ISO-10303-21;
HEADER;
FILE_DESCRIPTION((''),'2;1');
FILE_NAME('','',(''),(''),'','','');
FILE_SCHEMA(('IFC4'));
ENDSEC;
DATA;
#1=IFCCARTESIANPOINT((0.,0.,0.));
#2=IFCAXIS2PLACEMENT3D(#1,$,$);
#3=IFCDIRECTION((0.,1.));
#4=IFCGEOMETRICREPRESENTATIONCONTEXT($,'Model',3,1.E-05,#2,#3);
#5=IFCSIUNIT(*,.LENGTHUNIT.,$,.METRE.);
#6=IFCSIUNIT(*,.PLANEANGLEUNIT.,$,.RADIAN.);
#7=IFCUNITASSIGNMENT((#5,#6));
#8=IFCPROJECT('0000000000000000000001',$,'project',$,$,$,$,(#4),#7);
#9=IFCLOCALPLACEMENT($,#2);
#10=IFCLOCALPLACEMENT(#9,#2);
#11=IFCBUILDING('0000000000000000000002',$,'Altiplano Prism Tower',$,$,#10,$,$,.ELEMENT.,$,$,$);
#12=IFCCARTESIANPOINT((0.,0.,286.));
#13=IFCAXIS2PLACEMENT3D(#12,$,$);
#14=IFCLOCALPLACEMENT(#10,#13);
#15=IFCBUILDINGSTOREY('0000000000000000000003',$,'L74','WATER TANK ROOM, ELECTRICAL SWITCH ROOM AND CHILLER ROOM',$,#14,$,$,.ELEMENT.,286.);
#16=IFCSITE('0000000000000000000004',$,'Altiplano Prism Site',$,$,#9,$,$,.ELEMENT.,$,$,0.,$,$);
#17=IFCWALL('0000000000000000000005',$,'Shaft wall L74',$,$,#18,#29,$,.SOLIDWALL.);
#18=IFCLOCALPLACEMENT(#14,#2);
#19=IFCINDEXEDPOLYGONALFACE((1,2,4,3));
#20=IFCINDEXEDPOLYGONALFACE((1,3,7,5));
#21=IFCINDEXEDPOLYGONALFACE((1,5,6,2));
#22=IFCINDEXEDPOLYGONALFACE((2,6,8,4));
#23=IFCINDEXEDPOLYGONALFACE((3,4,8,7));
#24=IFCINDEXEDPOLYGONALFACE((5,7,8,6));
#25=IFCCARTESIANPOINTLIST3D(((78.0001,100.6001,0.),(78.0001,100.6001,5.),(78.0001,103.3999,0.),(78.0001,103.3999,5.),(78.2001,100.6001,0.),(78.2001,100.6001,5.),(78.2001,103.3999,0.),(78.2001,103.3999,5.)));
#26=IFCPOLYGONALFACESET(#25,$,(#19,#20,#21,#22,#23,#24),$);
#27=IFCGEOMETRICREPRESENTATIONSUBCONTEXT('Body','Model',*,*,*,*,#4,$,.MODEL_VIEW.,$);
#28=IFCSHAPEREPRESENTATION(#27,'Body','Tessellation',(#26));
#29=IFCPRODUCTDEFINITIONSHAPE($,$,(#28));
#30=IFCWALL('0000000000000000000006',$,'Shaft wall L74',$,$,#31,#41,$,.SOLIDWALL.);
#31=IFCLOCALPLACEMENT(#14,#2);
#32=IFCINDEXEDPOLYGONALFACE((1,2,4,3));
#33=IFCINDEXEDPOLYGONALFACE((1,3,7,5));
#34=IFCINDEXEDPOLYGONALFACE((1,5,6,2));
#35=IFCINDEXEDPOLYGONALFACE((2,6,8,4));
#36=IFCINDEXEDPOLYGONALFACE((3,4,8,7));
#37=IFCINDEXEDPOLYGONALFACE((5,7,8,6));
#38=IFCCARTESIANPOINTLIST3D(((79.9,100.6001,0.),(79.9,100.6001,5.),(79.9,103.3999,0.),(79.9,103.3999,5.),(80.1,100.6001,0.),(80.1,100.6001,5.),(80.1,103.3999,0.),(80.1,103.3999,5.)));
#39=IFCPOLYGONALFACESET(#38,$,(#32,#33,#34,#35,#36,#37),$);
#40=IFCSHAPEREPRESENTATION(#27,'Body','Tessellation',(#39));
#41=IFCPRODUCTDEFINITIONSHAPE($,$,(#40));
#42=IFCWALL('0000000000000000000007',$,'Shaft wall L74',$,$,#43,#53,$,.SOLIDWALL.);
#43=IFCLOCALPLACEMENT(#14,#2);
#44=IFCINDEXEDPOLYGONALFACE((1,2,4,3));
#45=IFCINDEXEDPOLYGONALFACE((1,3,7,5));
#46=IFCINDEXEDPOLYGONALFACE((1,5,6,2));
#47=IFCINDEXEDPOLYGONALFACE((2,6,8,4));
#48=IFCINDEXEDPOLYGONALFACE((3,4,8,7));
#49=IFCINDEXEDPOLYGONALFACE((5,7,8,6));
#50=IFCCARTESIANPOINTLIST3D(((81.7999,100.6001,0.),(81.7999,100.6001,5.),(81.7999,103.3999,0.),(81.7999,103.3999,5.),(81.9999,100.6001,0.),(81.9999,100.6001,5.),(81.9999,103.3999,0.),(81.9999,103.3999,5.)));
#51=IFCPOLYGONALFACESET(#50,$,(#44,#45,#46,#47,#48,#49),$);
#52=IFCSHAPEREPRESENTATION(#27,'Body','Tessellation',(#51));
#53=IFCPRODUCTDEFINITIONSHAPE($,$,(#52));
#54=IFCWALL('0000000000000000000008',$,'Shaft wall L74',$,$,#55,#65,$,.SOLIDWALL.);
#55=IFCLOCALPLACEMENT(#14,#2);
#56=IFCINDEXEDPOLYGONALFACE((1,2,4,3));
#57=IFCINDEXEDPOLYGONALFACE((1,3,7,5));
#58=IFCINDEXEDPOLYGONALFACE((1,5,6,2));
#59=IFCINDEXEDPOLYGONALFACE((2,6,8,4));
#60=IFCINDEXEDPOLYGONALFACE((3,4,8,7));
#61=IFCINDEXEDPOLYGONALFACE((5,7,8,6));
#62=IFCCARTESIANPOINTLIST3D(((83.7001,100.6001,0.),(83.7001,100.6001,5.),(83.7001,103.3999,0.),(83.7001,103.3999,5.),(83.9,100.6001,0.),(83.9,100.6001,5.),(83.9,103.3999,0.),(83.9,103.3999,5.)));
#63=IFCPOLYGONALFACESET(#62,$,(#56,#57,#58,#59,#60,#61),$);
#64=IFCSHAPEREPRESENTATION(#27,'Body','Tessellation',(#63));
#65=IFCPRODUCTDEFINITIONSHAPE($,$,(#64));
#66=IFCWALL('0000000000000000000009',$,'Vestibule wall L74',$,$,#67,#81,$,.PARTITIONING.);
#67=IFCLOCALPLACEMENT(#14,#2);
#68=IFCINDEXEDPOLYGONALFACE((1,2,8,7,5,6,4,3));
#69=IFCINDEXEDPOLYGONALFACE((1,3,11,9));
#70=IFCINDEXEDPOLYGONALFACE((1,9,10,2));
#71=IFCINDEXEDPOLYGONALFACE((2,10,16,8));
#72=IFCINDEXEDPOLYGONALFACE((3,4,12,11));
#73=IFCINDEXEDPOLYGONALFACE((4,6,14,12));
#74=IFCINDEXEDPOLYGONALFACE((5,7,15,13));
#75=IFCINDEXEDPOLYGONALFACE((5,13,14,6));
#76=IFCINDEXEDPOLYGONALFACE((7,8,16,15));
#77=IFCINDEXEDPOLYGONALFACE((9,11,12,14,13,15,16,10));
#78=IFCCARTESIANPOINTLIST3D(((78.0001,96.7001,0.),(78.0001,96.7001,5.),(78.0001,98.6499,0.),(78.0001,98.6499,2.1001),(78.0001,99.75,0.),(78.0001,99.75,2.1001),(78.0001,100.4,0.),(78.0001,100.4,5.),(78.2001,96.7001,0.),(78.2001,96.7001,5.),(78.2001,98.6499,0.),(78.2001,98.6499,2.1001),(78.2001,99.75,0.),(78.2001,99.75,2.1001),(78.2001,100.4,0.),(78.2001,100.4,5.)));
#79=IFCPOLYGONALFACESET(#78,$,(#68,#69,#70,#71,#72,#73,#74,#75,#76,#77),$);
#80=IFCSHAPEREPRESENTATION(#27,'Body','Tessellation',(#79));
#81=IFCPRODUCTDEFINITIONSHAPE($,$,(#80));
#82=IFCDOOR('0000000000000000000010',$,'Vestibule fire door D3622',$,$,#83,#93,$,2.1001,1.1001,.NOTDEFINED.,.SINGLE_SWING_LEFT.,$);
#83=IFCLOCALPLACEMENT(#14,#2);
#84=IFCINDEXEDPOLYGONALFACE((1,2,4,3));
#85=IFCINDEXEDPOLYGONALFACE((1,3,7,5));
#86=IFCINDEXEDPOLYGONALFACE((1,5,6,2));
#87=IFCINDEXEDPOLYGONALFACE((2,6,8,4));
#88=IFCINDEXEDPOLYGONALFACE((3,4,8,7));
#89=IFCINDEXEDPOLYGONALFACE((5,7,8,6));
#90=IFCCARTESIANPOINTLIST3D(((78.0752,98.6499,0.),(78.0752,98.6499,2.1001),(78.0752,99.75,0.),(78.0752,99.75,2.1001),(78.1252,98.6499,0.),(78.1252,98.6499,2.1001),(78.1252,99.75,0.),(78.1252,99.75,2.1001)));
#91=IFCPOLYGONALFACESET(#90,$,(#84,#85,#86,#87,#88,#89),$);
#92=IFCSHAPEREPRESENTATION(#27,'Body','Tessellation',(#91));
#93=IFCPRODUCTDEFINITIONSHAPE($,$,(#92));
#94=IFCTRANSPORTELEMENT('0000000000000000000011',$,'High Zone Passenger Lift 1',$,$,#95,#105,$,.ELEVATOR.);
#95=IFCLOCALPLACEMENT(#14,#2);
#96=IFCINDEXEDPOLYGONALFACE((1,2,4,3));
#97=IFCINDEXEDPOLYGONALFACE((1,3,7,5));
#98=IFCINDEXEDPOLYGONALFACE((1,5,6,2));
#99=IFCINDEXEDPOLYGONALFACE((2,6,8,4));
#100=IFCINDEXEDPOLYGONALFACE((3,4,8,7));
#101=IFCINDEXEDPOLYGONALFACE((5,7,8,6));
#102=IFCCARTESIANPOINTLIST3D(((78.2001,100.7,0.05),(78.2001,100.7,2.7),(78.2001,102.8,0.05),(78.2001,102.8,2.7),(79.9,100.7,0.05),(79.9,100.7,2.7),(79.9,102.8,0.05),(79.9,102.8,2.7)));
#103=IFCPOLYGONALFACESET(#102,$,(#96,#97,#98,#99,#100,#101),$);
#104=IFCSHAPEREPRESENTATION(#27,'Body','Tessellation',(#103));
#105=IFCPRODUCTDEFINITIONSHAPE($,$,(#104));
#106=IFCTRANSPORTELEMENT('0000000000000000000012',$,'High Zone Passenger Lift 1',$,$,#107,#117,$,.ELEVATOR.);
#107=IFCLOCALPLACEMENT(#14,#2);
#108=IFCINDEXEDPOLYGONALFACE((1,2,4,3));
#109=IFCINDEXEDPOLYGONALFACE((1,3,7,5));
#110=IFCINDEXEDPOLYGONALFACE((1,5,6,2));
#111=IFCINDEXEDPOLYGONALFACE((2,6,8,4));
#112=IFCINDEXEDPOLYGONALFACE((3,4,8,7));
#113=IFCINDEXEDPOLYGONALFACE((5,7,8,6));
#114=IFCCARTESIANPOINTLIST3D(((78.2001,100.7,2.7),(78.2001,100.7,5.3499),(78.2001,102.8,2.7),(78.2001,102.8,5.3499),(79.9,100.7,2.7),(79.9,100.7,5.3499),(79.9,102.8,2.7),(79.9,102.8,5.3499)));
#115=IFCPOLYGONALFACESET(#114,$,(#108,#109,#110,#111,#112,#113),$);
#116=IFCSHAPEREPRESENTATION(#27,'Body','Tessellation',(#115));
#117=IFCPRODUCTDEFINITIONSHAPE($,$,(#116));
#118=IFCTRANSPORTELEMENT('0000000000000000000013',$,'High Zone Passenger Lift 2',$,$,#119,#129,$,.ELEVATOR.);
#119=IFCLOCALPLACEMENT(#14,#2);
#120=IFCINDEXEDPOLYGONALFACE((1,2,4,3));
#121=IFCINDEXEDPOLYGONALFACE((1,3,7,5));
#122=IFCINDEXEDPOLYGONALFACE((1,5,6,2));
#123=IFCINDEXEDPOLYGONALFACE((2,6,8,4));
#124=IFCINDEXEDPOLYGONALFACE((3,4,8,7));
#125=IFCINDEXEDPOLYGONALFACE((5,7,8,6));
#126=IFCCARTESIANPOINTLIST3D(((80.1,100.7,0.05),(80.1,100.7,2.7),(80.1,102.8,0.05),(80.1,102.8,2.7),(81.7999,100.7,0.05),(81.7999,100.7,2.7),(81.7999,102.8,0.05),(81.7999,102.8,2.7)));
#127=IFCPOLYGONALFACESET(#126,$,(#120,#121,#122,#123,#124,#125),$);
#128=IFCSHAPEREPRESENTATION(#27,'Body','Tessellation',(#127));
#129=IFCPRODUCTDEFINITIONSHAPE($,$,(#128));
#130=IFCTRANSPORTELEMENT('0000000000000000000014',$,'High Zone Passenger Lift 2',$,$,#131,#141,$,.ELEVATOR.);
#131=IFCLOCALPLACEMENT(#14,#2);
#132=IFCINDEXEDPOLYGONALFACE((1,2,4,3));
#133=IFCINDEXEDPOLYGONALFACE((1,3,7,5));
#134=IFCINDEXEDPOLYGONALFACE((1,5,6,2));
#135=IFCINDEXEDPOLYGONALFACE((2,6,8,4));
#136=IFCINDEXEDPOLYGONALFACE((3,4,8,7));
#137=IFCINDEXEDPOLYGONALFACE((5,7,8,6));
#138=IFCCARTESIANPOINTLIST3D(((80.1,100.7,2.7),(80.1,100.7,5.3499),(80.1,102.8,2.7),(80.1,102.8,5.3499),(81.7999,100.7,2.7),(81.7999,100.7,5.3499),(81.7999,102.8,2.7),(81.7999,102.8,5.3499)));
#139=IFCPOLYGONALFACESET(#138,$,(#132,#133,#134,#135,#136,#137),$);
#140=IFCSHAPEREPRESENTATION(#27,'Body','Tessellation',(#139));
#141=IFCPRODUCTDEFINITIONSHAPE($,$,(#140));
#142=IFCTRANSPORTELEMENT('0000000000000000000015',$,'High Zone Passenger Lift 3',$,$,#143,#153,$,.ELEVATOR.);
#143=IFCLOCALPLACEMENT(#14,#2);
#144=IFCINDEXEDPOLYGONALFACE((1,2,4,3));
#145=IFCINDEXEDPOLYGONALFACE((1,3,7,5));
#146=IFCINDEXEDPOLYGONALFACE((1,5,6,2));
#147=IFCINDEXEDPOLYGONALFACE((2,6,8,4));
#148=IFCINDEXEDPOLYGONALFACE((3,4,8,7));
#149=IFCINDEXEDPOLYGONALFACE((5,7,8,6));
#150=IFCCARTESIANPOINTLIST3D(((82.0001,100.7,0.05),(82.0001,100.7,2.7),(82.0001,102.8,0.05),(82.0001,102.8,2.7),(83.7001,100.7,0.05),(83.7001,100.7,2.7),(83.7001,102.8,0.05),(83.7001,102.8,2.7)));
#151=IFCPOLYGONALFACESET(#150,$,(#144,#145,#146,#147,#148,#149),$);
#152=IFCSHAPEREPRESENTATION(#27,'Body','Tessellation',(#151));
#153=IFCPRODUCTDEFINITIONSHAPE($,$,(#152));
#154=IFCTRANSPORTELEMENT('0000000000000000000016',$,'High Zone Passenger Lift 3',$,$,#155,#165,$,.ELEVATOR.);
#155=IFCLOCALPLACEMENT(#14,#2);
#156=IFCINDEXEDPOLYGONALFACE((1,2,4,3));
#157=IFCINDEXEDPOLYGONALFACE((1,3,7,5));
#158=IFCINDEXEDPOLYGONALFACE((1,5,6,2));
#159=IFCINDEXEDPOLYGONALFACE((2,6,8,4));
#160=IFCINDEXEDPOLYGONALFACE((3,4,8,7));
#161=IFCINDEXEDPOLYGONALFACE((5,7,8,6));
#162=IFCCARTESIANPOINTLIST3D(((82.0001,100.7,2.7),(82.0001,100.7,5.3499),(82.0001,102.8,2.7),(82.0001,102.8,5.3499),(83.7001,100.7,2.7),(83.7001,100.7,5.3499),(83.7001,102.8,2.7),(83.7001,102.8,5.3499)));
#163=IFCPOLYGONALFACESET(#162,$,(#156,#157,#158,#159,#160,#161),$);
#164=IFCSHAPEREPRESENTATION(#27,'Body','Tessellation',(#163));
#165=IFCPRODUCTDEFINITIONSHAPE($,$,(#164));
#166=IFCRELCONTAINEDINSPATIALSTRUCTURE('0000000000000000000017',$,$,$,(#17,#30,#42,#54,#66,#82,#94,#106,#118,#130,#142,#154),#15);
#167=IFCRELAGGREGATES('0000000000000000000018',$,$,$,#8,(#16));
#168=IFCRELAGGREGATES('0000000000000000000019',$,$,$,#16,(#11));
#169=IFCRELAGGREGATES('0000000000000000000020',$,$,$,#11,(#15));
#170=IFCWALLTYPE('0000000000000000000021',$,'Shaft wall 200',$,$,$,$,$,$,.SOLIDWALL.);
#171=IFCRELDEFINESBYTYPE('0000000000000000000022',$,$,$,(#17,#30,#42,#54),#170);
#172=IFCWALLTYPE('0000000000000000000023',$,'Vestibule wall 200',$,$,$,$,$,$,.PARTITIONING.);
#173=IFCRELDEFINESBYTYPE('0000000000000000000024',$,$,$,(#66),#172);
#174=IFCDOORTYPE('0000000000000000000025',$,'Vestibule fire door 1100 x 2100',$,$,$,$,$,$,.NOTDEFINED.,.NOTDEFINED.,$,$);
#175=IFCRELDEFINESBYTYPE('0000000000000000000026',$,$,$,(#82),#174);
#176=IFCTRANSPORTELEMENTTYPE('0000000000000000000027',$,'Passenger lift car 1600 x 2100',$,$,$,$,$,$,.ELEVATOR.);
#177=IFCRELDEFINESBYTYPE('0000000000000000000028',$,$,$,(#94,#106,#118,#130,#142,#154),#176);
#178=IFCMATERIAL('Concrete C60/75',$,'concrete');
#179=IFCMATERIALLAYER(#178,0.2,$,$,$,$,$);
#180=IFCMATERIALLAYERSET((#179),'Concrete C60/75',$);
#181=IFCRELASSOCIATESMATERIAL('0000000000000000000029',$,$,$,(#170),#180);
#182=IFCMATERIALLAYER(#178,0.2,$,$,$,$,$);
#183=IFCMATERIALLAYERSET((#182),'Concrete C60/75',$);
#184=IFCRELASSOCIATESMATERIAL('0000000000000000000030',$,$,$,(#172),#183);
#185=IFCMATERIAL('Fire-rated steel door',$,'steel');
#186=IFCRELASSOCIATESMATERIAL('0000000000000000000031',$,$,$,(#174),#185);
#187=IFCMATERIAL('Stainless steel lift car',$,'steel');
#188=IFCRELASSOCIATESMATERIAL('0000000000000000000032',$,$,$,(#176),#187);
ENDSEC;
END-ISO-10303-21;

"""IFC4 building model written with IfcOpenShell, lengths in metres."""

from ifc_helpers import new_model, si_unit, direction, frame, frame_2d, origin, origin_2d, place, context, subcontext, project, spatial, rectangle, extrude, material, layer, layer_set, type_object, element, fill, save


model = new_model("IFC4")

# Units and contexts
model_context = context("Model", 3, precision=1e-05, world=origin(), true_north=direction((0.0, 1.0)))
body_context = subcontext(model_context, "Body", "Model", "MODEL_VIEW")
ifc_project = project(units=[si_unit("LENGTHUNIT", "METRE"), si_unit("PLANEANGLEUNIT", "RADIAN")], contexts=[model_context])

# Site, building, storey
site_placement = place(None, origin())
site = spatial("IfcSite", under=ifc_project, at=site_placement, Name="Altiplano Prism Site", CompositionType="ELEMENT", RefElevation=0.0)
building_placement = place(site_placement, origin())
building = spatial("IfcBuilding", under=site, at=building_placement, Name="Altiplano Prism Tower", CompositionType="ELEMENT")
storey_placement = place(building_placement, frame((0.0, 0.0, 286.0)))
storey = spatial("IfcBuildingStorey", under=building, at=storey_placement, Name="L74", Description="WATER TANK ROOM, ELECTRICAL SWITCH ROOM AND CHILLER ROOM", CompositionType="ELEMENT", Elevation=286.0)

# Walls
ifc_material_1 = material(Name="Concrete C60/75", Category="concrete")
ifc_layer_1 = layer(ifc_material_1, 0.2)
ifc_layer_set_1 = layer_set([ifc_layer_1], Name="Concrete C60/75")
wall_type_1 = type_object("IfcWallType", Name="Shaft wall 200", PredefinedType="SOLIDWALL", material=ifc_layer_set_1)
for number, where, z_axis, x_axis, name in (
    (1, (78.1001, 100.6001, 0.0), (0.0, 0.0, 1.0), (0.0, 1.0, 0.0), "Shaft wall L74"),
    (2, (80.0, 100.6001, 0.0), (0.0, 0.0, 1.0), (0.0, 1.0, 0.0), "Shaft wall L74"),
    (3, (81.8999, 100.6001, 0.0), (0.0, 0.0, 1.0), (0.0, 1.0, 0.0), "Shaft wall L74"),
    (4, (83.8, 100.6001, 0.0), (0.0, 0.0, 1.0), (0.0, 1.0, 0.0), "Shaft wall L74"),
):
    element("IfcWall", number, at=place(storey_placement, frame(where, z_axis=z_axis, x_axis=x_axis)), inside=storey, type_object=wall_type_1, Name=name, PredefinedType="SOLIDWALL", context=body_context, shape_type="SweptSolid", body=[
        extrude(rectangle(XDim=2.7998, YDim=0.2, at=frame_2d((1.3999, 0.0))), origin(), (0.0, 0.0, 1.0), 5.0),
    ])

# Wall, opening, door
ifc_layer_2 = layer(ifc_material_1, 0.2)
ifc_layer_set_2 = layer_set([ifc_layer_2], Name="Concrete C60/75")
wall_type_2 = type_object("IfcWallType", Name="Vestibule wall 200", PredefinedType="PARTITIONING", material=ifc_layer_set_2)
wall_placement = place(storey_placement, frame((78.1001, 96.7, 0.0), z_axis=(0.0, 0.0, 1.0), x_axis=(0.0, 1.0, 0.0)))
wall = element("IfcWall", 5, at=wall_placement, inside=storey, type_object=wall_type_2, Name="Vestibule wall L74", PredefinedType="PARTITIONING", context=body_context, shape_type="SweptSolid", body=[
    extrude(rectangle(XDim=3.7, YDim=0.2, at=frame_2d((1.8501, 0.0))), origin(), (0.0, 0.0, 1.0), 5.0),
])
opening_placement = place(wall_placement, frame((1.95, 0.0, 0.0)))
opening = element("IfcOpeningElement", 6, at=opening_placement, cuts=wall, PredefinedType="OPENING", context=body_context, shape_type="SweptSolid", body=[
    extrude(rectangle(XDim=1.1001, YDim=2.1001, at=frame_2d((0.55, 1.05))), frame((0.0, 0.1104, 0.0), z_axis=(0.0, -1.0, 0.0), x_axis=(1.0, 0.0, 0.0)), (0.0, 0.0, 1.0), 0.2209),
])
ifc_material_2 = material(Name="Fire-rated steel door", Category="steel")
door_type = type_object("IfcDoorType", Name="Vestibule fire door 1100 x 2100", OperationType="NOTDEFINED", PredefinedType="NOTDEFINED", material=ifc_material_2)
door_placement = place(opening_placement, origin())
door = element("IfcDoor", 7, at=door_placement, inside=storey, type_object=door_type, Name="Vestibule fire door D3622", OperationType="SINGLE_SWING_LEFT", OverallHeight=2.1001, OverallWidth=1.1001, PredefinedType="NOTDEFINED", context=body_context, shape_type="SweptSolid", body=[
    extrude(rectangle(XDim=1.1001, YDim=2.1001, at=frame_2d((0.55, 1.05))), frame((0.0, 0.0249, 0.0), z_axis=(0.0, -1.0, 0.0), x_axis=(1.0, 0.0, 0.0)), (0.0, 0.0, 1.0), 0.05),
])
fill(opening, door)

# Transport elements
ifc_material_3 = material(Name="Stainless steel lift car", Category="steel")
transport_element_type = type_object("IfcTransportElementType", Name="Passenger lift car 1600 x 2100", PredefinedType="ELEVATOR", material=ifc_material_3)
for number, where, z_axis, x_axis, name in (
    (8, (79.05, 101.75, 0.05), (0.0, 0.0, 1.0), (1.0, 0.0, 0.0), "High Zone Passenger Lift 1"),
    (9, (79.05, 101.75, 2.7), (0.0, 0.0, 1.0), (1.0, 0.0, 0.0), "High Zone Passenger Lift 1"),
    (10, (80.95, 101.75, 0.05), (0.0, 0.0, 1.0), (1.0, 0.0, 0.0), "High Zone Passenger Lift 2"),
    (11, (80.95, 101.75, 2.7), (0.0, 0.0, 1.0), (1.0, 0.0, 0.0), "High Zone Passenger Lift 2"),
    (12, (82.8501, 101.75, 0.05), (0.0, 0.0, 1.0), (1.0, 0.0, 0.0), "High Zone Passenger Lift 3"),
    (13, (82.8501, 101.75, 2.7), (0.0, 0.0, 1.0), (1.0, 0.0, 0.0), "High Zone Passenger Lift 3"),
):
    element("IfcTransportElement", number, at=place(storey_placement, frame(where, z_axis=z_axis, x_axis=x_axis)), inside=storey, type_object=transport_element_type, Name=name, PredefinedType="ELEVATOR", context=body_context, shape_type="SweptSolid", body=[
        extrude(rectangle(XDim=1.7, YDim=2.1001, at=origin_2d()), origin(), (0.0, 0.0, 1.0), 2.6499),
    ])

save(model, "model.ifc")
